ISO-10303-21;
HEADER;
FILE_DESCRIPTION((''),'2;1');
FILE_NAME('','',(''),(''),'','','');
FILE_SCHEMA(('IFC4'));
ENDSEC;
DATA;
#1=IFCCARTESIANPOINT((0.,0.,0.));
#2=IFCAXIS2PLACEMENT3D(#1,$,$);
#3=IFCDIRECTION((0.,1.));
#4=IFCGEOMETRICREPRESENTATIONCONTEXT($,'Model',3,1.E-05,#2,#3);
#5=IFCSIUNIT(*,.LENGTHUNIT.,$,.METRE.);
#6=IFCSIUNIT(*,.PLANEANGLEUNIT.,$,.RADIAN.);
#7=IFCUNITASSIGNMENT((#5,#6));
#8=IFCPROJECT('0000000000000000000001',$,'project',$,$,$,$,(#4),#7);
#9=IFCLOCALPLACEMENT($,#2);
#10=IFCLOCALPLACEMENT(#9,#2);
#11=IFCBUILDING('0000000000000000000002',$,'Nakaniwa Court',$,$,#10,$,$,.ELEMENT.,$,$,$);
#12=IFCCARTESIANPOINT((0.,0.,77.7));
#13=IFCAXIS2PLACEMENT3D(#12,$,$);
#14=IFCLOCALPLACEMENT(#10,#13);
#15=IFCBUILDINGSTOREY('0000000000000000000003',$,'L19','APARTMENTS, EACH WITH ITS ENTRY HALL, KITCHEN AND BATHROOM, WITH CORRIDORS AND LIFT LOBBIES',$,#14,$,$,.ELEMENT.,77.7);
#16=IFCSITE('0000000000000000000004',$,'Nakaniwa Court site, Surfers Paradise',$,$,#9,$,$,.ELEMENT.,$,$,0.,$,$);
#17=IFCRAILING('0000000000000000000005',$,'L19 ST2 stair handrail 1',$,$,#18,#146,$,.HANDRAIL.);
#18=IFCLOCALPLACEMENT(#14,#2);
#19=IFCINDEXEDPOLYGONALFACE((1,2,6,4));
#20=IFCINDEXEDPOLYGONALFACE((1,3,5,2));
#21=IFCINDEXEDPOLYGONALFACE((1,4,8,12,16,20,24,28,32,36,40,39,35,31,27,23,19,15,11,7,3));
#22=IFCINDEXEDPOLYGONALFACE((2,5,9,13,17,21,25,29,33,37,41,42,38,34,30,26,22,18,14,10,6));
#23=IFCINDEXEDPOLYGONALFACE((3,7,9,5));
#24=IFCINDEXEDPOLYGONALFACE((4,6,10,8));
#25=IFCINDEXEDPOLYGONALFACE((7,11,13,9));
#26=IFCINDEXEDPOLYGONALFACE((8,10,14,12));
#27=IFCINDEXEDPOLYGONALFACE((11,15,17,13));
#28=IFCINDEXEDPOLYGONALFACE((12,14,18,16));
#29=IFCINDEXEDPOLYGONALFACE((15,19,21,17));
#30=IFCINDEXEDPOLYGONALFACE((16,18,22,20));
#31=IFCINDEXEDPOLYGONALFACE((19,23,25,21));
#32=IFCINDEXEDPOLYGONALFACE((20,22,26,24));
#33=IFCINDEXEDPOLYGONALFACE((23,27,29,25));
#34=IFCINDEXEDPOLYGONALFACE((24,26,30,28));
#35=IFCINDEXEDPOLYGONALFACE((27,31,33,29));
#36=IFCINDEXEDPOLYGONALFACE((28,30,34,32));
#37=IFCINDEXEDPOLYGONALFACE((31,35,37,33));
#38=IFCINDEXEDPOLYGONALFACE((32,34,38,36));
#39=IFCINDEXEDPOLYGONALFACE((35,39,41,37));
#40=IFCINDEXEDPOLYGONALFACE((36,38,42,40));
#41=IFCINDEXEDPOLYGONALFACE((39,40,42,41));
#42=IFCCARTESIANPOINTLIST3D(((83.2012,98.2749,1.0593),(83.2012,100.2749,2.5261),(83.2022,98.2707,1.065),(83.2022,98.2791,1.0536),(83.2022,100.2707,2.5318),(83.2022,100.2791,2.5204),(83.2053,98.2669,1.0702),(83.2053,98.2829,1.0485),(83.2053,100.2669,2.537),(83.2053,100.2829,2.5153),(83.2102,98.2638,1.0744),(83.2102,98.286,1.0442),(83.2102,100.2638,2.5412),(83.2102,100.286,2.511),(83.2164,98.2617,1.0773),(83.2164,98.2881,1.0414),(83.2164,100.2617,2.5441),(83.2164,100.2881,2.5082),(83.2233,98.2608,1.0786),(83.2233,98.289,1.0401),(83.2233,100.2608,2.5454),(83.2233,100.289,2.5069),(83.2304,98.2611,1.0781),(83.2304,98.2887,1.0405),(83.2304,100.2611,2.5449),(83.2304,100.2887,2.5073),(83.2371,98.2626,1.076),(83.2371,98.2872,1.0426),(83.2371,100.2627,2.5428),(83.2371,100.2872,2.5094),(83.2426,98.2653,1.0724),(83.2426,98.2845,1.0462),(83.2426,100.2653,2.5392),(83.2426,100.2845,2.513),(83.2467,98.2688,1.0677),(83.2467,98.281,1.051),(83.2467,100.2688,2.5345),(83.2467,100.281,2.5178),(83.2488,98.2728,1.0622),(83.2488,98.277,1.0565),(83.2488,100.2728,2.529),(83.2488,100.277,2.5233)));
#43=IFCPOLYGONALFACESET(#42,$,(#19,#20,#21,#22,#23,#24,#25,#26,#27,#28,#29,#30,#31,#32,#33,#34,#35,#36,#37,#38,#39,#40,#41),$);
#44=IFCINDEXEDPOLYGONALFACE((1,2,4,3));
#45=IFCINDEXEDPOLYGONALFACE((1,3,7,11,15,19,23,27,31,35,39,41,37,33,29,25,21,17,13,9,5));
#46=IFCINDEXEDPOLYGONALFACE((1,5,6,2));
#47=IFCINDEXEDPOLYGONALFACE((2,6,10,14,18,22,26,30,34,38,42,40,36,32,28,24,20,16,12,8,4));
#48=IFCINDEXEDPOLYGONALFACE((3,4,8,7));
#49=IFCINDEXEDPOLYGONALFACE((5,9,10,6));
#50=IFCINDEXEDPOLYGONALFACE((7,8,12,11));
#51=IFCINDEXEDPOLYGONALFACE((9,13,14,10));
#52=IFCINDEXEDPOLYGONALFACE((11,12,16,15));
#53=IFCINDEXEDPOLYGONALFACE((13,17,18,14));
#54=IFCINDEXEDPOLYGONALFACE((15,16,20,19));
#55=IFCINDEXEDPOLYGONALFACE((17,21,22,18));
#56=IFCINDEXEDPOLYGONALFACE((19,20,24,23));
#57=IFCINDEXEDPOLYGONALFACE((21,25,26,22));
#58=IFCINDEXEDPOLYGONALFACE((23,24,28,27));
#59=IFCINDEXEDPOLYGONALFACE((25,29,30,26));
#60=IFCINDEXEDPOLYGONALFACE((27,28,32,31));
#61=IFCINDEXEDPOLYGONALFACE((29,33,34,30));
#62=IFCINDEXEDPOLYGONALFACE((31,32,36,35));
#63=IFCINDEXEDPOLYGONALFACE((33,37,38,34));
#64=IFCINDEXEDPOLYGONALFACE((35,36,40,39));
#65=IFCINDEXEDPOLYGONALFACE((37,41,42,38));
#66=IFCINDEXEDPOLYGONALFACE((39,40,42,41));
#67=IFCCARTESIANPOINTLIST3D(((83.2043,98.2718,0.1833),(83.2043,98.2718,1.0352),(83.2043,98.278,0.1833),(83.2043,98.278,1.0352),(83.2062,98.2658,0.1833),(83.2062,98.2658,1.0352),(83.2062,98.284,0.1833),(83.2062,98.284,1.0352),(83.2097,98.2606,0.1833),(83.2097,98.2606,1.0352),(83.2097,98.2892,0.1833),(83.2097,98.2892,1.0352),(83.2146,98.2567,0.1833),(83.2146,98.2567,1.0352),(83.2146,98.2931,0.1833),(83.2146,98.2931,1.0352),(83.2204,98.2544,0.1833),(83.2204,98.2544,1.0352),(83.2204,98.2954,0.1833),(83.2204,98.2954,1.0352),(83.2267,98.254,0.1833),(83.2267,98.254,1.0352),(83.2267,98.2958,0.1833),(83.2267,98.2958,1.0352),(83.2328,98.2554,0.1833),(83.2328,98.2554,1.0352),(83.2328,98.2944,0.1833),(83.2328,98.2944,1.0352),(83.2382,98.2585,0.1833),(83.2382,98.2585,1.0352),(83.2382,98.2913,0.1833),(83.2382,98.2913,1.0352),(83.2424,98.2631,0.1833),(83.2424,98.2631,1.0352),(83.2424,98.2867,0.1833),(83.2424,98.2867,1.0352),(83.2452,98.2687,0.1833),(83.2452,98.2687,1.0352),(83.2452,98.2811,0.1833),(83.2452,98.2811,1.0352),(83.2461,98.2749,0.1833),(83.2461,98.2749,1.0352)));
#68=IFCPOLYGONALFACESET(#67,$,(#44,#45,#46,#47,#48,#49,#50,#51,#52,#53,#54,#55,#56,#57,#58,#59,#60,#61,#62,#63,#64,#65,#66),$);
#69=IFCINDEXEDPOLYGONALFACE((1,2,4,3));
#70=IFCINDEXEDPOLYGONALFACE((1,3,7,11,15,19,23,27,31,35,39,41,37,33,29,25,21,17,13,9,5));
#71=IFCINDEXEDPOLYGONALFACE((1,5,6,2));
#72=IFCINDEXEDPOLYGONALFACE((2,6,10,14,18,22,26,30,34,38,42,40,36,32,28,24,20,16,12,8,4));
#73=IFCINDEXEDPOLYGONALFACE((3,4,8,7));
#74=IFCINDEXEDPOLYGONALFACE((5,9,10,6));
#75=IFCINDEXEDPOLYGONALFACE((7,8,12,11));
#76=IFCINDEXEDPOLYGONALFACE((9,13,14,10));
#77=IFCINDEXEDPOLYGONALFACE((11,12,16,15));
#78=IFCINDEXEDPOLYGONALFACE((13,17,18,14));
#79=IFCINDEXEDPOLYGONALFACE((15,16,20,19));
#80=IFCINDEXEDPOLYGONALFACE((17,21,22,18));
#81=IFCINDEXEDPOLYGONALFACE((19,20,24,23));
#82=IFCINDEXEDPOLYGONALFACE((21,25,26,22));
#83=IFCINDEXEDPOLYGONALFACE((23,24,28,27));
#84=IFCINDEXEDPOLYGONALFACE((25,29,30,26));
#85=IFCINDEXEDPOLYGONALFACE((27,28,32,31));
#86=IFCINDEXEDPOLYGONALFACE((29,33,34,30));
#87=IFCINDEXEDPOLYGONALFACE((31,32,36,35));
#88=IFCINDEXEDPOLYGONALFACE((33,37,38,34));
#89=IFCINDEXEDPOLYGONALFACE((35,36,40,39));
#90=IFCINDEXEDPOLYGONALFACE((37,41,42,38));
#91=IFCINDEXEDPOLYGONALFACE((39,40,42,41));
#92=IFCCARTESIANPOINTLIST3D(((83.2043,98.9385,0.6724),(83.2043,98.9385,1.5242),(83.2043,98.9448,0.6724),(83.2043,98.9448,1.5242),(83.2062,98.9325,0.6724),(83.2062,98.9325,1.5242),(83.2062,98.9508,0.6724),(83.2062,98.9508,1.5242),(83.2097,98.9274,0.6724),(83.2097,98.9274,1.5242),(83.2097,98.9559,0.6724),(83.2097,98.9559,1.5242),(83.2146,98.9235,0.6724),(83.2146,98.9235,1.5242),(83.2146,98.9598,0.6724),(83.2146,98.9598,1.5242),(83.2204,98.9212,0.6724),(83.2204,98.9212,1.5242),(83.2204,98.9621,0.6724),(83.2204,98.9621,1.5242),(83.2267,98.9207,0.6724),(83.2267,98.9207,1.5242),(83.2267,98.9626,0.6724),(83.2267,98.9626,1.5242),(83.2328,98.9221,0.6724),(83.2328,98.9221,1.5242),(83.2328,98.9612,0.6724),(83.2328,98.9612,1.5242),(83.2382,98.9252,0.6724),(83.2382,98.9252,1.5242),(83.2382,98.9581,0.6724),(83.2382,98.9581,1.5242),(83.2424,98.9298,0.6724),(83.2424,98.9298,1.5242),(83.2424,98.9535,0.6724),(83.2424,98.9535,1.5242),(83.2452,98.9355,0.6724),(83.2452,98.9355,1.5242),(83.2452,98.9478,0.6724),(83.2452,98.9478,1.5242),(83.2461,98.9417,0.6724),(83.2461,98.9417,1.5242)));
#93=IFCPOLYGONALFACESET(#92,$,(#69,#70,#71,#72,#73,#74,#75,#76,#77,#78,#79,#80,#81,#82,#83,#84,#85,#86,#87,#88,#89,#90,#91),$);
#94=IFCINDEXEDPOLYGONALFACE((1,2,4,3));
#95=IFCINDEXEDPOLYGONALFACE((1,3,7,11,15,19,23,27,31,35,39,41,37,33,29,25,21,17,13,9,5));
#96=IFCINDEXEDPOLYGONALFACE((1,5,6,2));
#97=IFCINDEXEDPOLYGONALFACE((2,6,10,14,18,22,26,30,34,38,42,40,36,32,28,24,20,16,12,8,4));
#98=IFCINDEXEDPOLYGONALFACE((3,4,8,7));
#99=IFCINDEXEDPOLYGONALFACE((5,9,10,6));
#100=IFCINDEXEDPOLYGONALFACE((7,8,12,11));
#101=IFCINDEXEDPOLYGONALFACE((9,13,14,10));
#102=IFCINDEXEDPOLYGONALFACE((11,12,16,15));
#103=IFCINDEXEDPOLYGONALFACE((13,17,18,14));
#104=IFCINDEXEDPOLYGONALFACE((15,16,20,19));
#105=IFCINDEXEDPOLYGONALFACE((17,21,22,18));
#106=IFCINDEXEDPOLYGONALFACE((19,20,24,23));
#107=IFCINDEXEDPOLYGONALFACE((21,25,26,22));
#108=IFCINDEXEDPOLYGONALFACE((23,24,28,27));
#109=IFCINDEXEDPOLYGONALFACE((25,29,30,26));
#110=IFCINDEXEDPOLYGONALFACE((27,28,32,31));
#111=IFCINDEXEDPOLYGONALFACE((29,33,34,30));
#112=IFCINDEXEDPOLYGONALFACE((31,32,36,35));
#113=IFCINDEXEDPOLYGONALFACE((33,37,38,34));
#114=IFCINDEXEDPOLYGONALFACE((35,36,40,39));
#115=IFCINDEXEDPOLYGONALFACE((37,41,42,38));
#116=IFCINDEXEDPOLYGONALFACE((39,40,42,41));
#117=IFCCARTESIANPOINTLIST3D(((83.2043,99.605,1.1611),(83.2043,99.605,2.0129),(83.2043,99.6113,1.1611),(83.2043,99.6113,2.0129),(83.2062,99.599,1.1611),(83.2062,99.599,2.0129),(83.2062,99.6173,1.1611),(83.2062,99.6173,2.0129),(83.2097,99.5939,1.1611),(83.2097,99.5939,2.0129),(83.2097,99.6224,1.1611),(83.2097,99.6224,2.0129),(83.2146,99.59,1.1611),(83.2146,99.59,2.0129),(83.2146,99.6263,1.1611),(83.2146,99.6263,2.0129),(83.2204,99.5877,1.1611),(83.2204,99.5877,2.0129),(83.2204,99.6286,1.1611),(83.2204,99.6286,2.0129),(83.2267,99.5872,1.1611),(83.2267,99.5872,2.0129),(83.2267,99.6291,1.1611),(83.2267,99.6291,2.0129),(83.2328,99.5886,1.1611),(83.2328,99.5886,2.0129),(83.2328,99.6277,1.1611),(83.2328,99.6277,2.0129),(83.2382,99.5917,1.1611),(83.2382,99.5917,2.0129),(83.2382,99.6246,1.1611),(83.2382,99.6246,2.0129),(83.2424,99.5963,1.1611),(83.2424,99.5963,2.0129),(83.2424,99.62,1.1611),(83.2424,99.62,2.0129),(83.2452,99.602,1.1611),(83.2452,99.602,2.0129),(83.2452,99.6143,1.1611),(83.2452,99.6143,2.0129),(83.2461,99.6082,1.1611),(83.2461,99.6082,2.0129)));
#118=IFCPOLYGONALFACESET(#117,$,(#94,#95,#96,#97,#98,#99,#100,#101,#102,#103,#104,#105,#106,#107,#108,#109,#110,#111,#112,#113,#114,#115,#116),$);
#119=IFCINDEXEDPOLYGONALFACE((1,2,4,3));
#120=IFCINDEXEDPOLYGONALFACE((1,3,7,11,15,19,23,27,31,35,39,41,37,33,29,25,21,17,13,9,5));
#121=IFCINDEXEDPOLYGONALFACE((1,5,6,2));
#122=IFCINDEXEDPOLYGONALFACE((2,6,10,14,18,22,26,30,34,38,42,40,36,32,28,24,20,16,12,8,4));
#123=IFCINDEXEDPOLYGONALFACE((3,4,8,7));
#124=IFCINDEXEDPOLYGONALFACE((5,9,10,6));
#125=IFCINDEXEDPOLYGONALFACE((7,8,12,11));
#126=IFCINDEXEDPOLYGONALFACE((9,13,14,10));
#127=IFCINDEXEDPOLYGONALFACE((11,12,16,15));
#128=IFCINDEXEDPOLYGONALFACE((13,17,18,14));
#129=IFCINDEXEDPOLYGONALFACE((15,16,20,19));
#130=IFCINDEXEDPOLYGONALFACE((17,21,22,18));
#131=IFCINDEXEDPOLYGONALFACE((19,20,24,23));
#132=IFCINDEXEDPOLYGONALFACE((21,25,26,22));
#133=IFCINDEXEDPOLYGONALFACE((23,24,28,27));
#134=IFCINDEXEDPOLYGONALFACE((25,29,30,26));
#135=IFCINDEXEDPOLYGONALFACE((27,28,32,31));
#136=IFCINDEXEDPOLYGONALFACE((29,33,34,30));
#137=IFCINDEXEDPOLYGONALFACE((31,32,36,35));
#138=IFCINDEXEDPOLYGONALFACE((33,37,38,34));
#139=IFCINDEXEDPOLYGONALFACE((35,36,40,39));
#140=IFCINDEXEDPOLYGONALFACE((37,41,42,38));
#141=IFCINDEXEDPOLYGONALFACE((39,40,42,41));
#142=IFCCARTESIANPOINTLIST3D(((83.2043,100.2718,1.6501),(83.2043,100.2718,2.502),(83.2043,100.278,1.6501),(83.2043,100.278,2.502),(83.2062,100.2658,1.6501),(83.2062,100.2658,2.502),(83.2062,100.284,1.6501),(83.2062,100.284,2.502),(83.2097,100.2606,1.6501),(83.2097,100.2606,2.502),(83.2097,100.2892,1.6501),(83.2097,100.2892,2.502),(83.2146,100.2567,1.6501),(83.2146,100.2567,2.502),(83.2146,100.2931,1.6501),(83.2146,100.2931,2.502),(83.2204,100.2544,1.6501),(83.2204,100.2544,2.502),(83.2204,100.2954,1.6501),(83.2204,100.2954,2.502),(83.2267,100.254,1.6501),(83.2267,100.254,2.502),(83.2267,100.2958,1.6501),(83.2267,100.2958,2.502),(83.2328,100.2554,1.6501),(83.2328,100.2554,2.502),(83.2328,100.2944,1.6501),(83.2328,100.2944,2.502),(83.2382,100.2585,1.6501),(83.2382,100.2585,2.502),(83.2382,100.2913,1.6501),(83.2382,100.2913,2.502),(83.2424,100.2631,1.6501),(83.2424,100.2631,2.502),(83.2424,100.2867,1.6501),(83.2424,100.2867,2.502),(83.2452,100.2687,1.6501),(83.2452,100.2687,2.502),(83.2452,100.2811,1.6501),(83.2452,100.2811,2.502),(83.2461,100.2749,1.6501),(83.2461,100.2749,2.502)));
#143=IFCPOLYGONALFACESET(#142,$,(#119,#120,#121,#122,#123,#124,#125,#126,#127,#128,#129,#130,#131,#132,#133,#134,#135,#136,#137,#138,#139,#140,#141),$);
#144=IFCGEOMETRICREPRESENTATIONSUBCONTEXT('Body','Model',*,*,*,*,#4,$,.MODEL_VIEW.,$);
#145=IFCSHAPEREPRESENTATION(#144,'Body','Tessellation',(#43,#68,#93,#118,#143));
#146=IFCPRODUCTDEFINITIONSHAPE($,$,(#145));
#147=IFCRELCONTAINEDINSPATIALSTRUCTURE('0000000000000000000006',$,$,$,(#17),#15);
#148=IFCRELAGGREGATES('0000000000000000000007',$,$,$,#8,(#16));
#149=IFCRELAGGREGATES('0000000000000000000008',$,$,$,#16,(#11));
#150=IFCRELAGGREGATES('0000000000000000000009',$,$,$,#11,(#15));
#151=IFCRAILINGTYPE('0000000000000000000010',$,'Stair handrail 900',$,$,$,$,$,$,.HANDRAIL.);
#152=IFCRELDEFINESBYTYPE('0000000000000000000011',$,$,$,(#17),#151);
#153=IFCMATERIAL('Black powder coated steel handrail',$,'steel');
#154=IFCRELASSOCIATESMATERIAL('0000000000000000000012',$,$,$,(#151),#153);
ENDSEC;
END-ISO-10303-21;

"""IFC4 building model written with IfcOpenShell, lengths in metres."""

from ifc_helpers import new_model, si_unit, direction, frame, origin, origin_2d, place, context, subcontext, project, spatial, circle, extrude, material, type_object, element, save


model = new_model("IFC4")

# Units and contexts
model_context = context("Model", 3, precision=1e-05, world=origin(), true_north=direction((0.0, 1.0)))
body_context = subcontext(model_context, "Body", "Model", "MODEL_VIEW")
ifc_project = project(units=[si_unit("LENGTHUNIT", "METRE"), si_unit("PLANEANGLEUNIT", "RADIAN")], contexts=[model_context])

# Site, building, storey
site_placement = place(None, origin())
site = spatial("IfcSite", under=ifc_project, at=site_placement, Name="Nakaniwa Court site, Surfers Paradise", CompositionType="ELEMENT", RefElevation=0.0)
building_placement = place(site_placement, origin())
building = spatial("IfcBuilding", under=site, at=building_placement, Name="Nakaniwa Court", CompositionType="ELEMENT")
storey_placement = place(building_placement, frame((0.0, 0.0, 77.7)))
storey = spatial("IfcBuildingStorey", under=building, at=storey_placement, Name="L19", Description="APARTMENTS, EACH WITH ITS ENTRY HALL, KITCHEN AND BATHROOM, WITH CORRIDORS AND LIFT LOBBIES", CompositionType="ELEMENT", Elevation=77.7)

# Railing
ifc_material_1 = material(Name="Black powder coated steel handrail", Category="steel")
railing_type_1 = type_object("IfcRailingType", Name="Stair handrail 900", PredefinedType="HANDRAIL", material=ifc_material_1)
railing_1_placement = place(storey_placement, frame((83.2251, 98.2749, 0.1833)))
element("IfcRailing", 1, at=railing_1_placement, inside=storey, type_object=railing_type_1, Name="L19 ST2 stair handrail 1", PredefinedType="HANDRAIL", context=body_context, shape_type="SweptSolid", body=[
    extrude(circle(Radius=0.0239, at=origin_2d()), frame((0.0, 0.0, 0.876), z_axis=(0.0, 0.80638, 0.591398), x_axis=(-1.0, 0.0, 0.0)), (0.0, 0.0, 1.0), 2.4802),
    extrude(circle(Radius=0.021, at=origin_2d()), origin(), (0.0, 0.0, 1.0), 0.8518),
    extrude(circle(Radius=0.021, at=origin_2d()), frame((0.0, 0.6667, 0.489)), (0.0, 0.0, 1.0), 0.8518),
    extrude(circle(Radius=0.021, at=origin_2d()), frame((0.0, 1.3333, 0.9778)), (0.0, 0.0, 1.0), 0.8518),
    extrude(circle(Radius=0.021, at=origin_2d()), frame((0.0, 2.0, 1.4668)), (0.0, 0.0, 1.0), 0.8518),
])

save(model, "model.ifc")
